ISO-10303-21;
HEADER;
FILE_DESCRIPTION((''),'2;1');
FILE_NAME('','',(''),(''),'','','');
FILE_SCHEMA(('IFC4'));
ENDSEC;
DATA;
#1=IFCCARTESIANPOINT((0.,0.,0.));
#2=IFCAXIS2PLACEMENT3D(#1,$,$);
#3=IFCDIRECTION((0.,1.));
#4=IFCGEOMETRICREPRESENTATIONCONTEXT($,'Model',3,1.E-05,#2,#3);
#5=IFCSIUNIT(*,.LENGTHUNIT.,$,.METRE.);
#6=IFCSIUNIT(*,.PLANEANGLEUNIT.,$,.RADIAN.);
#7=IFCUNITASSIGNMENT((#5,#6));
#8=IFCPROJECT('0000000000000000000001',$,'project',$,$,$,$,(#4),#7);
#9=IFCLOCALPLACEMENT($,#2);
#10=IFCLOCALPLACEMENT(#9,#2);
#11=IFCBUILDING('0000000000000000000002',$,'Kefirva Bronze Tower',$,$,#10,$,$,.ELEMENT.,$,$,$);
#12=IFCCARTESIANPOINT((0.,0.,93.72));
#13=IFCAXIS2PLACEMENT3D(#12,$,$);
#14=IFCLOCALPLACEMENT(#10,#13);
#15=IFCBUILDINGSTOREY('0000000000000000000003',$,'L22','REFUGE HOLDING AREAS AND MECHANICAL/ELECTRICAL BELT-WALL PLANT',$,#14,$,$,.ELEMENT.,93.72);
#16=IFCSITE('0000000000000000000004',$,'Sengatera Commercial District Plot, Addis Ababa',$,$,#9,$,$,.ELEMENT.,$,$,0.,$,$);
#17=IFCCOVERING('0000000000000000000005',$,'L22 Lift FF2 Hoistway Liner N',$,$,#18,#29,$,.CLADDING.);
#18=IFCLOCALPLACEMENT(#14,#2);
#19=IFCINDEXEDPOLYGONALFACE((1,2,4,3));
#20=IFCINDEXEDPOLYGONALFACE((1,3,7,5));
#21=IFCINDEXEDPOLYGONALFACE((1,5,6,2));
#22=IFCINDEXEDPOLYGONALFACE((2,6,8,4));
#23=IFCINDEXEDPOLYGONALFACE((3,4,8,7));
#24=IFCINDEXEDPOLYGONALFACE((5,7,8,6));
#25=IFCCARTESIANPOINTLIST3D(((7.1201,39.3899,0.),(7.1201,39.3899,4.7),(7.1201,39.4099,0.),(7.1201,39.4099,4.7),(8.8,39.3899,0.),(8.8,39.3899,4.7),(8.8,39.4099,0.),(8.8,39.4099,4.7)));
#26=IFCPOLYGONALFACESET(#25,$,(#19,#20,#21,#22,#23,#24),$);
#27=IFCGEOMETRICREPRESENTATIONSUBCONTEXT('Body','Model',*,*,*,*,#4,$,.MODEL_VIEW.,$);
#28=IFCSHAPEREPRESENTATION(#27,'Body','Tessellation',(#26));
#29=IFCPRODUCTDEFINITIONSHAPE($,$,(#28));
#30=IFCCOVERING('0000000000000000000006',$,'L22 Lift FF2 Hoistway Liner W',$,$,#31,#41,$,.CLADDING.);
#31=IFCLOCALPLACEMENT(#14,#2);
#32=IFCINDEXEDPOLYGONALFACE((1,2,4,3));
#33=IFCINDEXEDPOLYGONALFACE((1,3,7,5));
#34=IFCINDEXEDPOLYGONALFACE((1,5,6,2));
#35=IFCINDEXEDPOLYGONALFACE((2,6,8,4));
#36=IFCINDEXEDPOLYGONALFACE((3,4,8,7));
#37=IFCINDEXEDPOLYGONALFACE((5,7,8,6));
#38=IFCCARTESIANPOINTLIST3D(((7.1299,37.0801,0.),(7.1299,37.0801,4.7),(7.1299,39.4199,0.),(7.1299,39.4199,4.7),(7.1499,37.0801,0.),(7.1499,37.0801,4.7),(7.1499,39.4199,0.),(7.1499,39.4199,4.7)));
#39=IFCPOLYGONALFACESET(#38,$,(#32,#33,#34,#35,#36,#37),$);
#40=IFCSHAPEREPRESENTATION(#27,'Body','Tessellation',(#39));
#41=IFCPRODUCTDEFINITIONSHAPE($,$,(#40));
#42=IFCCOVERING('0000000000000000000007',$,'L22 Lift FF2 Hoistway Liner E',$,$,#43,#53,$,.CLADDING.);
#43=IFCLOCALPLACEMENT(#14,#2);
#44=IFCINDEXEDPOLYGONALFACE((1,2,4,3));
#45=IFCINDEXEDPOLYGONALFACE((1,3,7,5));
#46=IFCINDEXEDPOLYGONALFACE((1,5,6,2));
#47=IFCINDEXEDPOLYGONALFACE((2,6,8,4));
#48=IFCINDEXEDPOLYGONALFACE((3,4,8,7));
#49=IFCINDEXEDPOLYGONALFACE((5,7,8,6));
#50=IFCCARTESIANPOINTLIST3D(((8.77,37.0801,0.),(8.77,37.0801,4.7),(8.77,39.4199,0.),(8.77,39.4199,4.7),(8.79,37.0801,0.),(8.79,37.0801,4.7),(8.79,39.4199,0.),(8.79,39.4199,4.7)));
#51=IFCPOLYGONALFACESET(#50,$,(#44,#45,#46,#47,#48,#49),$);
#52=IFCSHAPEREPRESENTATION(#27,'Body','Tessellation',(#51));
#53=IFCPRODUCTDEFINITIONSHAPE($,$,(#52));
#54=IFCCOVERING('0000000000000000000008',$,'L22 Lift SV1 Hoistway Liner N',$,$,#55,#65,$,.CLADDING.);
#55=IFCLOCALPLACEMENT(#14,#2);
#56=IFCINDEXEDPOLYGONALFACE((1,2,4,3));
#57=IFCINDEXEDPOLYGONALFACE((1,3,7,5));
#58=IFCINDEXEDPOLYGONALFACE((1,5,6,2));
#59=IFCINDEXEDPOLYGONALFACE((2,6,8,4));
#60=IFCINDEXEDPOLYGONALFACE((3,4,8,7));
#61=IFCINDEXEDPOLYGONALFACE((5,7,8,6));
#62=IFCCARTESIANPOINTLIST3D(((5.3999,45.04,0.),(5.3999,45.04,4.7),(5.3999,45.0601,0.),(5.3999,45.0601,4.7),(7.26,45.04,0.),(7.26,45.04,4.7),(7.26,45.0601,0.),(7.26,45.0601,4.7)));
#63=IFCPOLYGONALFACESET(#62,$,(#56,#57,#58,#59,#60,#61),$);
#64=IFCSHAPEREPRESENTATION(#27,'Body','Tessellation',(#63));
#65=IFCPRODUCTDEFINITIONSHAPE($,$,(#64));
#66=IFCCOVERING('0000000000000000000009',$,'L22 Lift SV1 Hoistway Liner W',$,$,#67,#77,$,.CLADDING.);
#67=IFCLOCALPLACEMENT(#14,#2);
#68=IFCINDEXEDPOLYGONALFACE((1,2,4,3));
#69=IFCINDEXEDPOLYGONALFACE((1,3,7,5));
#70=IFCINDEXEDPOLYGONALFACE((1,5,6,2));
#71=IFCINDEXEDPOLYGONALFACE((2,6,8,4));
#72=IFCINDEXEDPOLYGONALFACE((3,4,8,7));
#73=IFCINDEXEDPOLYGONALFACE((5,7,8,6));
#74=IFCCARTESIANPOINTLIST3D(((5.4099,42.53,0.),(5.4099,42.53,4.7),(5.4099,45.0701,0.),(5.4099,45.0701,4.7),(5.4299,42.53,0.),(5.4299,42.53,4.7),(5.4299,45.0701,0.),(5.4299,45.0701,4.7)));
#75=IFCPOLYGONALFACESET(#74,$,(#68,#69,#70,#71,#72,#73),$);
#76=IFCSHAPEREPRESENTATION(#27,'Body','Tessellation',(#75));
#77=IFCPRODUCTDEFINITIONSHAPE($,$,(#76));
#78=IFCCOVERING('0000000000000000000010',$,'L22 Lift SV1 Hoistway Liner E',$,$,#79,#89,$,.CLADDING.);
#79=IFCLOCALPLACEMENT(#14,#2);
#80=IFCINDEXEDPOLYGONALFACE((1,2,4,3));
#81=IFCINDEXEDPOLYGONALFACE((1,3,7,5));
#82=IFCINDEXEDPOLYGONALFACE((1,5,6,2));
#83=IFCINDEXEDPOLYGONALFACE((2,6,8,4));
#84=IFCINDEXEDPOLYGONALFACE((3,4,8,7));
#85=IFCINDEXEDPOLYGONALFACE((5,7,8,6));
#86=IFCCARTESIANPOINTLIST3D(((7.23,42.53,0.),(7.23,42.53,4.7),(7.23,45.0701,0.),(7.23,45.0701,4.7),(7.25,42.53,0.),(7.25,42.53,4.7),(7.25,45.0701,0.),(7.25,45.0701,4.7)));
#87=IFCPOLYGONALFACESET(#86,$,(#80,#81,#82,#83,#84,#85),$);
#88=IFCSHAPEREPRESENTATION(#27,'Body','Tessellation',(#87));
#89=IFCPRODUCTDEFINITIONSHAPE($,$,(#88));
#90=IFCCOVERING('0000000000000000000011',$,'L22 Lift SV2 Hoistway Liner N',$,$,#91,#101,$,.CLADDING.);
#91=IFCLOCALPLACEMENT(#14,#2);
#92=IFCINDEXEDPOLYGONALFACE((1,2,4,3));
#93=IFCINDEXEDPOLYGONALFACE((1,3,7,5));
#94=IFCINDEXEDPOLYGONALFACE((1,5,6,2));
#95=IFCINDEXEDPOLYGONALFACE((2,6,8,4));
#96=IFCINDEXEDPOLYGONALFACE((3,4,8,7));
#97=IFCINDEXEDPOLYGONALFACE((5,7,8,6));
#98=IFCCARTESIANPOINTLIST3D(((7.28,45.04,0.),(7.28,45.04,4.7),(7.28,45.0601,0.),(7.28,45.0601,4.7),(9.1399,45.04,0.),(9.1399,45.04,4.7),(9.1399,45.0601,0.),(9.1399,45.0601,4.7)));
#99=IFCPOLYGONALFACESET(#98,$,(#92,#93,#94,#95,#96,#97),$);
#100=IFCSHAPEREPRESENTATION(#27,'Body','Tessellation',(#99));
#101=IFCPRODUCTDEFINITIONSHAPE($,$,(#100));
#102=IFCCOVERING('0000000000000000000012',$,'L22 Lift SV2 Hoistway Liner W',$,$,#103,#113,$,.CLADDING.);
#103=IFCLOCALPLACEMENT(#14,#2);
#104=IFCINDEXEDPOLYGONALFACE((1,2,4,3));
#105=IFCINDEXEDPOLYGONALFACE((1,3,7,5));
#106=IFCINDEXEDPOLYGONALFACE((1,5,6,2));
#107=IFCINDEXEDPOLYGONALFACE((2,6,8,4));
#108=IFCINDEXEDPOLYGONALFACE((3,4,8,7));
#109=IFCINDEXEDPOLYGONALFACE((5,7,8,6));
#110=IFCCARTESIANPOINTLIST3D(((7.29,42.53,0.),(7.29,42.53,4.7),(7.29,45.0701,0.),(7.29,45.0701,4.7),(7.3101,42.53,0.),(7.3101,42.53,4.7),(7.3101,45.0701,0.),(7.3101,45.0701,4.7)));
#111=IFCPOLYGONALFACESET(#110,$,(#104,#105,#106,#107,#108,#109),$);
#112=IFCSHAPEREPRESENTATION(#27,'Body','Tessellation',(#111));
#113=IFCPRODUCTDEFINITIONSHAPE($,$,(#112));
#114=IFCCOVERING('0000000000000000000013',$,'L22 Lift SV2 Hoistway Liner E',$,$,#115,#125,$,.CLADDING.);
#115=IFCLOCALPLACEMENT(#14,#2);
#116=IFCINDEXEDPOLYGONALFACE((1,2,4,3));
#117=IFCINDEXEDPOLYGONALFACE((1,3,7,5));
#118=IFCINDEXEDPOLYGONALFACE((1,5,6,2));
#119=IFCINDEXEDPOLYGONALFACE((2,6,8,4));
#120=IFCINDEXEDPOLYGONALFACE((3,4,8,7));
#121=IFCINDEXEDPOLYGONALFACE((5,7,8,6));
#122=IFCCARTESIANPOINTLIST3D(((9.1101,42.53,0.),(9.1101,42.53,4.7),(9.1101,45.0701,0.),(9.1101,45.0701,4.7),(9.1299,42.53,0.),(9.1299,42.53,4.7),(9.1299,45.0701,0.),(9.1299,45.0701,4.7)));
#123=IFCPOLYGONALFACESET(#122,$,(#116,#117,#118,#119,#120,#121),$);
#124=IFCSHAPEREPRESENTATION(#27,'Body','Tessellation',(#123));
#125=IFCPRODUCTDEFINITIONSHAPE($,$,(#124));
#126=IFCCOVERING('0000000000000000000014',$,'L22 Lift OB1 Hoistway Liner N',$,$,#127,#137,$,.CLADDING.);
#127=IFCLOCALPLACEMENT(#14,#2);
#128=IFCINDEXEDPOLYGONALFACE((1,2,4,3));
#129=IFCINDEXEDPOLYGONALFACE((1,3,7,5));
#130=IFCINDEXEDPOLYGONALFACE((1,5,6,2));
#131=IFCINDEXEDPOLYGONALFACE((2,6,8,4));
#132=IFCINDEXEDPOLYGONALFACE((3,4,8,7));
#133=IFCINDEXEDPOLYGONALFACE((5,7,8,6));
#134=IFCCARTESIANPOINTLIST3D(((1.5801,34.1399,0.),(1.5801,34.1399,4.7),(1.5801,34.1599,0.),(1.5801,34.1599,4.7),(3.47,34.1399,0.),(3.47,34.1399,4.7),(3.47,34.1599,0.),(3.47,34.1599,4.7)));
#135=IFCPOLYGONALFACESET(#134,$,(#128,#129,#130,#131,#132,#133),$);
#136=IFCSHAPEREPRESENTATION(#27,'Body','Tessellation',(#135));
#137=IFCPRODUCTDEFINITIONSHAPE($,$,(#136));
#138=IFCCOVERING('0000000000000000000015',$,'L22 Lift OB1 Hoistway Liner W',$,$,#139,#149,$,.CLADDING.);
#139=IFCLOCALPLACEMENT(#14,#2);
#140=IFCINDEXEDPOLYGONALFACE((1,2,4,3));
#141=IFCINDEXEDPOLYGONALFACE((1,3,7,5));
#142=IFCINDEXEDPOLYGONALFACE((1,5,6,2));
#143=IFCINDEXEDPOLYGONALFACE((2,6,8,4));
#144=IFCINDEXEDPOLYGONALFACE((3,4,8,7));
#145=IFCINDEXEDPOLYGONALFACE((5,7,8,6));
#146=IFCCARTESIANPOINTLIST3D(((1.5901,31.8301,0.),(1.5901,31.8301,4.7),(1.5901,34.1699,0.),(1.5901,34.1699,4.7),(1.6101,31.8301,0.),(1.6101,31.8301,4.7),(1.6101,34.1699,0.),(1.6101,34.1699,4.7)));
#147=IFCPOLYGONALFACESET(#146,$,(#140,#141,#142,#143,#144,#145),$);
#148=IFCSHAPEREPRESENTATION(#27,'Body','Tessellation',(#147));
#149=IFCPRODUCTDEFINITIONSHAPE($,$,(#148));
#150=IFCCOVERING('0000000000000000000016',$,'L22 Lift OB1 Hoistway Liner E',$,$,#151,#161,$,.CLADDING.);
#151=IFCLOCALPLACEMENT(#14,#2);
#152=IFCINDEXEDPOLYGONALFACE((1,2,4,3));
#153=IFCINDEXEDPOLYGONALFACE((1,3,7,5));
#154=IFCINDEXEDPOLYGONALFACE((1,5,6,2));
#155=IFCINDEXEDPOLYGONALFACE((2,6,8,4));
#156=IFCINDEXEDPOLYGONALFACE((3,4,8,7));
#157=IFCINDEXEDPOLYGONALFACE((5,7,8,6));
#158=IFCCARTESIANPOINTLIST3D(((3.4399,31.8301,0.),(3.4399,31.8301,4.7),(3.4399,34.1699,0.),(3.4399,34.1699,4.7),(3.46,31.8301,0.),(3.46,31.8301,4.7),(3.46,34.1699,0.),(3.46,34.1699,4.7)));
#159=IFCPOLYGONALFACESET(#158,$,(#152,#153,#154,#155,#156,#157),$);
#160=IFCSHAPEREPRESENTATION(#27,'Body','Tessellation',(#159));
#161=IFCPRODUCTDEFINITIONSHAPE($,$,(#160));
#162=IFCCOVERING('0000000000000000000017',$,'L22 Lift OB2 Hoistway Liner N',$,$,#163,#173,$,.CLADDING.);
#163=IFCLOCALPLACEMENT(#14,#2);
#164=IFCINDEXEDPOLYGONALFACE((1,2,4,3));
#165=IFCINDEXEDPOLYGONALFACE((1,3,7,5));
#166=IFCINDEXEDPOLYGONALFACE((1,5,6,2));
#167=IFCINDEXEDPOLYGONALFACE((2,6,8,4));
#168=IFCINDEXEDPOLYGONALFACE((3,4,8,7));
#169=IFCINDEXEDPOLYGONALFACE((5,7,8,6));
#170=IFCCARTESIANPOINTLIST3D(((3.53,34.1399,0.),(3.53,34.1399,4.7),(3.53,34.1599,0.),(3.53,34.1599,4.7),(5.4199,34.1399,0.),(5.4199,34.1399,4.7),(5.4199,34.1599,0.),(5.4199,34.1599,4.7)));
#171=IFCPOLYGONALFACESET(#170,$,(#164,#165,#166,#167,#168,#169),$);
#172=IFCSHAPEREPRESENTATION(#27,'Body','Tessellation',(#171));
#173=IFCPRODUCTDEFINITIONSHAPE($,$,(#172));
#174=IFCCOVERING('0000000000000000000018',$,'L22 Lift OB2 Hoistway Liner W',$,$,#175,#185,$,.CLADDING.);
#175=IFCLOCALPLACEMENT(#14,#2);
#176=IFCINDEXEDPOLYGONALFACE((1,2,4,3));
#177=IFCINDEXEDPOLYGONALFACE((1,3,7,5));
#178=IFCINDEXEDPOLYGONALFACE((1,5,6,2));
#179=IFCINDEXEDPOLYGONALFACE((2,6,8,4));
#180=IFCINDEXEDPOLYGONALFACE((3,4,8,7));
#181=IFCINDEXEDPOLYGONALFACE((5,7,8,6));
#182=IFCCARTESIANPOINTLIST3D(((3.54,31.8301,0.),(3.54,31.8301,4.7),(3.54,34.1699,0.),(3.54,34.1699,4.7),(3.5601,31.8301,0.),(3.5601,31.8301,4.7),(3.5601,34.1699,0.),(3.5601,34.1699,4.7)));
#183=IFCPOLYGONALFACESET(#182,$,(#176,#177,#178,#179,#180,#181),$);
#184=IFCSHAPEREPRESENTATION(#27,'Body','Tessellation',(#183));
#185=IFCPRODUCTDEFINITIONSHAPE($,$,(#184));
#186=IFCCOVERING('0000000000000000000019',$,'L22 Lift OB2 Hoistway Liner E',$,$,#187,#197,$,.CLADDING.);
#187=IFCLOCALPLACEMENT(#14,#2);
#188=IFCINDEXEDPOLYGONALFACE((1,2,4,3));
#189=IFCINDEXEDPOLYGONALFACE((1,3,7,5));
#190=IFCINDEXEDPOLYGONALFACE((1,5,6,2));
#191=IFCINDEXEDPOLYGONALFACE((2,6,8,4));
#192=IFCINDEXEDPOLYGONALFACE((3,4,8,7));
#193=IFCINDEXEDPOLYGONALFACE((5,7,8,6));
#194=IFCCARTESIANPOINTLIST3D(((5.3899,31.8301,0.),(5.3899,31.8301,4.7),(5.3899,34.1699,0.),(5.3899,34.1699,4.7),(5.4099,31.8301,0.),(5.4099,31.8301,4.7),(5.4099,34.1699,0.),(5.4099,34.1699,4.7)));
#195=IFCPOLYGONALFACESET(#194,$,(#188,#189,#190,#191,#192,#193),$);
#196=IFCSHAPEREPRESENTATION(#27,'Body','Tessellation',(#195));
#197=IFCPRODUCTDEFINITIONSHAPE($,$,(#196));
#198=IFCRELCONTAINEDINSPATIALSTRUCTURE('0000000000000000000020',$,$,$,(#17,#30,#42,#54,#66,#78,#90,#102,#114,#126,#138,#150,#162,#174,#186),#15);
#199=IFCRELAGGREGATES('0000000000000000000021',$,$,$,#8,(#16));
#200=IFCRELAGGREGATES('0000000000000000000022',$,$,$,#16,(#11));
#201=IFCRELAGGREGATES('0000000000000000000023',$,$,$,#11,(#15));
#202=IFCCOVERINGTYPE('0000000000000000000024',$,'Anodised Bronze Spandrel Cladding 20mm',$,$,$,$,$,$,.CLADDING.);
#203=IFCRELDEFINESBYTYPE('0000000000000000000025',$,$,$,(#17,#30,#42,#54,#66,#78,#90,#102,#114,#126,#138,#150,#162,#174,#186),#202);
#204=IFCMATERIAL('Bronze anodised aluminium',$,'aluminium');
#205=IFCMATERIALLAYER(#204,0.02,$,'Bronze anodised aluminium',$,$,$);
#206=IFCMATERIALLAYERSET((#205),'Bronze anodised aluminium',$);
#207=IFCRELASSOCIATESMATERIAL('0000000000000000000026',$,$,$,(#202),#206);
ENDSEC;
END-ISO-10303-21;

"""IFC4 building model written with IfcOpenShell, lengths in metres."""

from ifc_helpers import new_model, si_unit, direction, frame, origin, place, context, subcontext, project, spatial, polyline, outline, extrude, material, layer, layer_set, type_object, element, save


model = new_model("IFC4")

# Units and contexts
model_context = context("Model", 3, precision=1e-05, world=origin(), true_north=direction((0.0, 1.0)))
body_context = subcontext(model_context, "Body", "Model", "MODEL_VIEW")
ifc_project = project(units=[si_unit("LENGTHUNIT", "METRE"), si_unit("PLANEANGLEUNIT", "RADIAN")], contexts=[model_context])

# Site, building, storey
site_placement = place(None, origin())
site = spatial("IfcSite", under=ifc_project, at=site_placement, Name="Sengatera Commercial District Plot, Addis Ababa", CompositionType="ELEMENT", RefElevation=0.0)
building_placement = place(site_placement, origin())
building = spatial("IfcBuilding", under=site, at=building_placement, Name="Kefirva Bronze Tower", CompositionType="ELEMENT")
storey_placement = place(building_placement, frame((0.0, 0.0, 93.72)))
storey = spatial("IfcBuildingStorey", under=building, at=storey_placement, Name="L22", Description="REFUGE HOLDING AREAS AND MECHANICAL/ELECTRICAL BELT-WALL PLANT", CompositionType="ELEMENT", Elevation=93.72)

# Coverings
ifc_material_1 = material(Name="Bronze anodised aluminium", Category="aluminium")
ifc_layer_1 = layer(ifc_material_1, 0.02, Name="Bronze anodised aluminium")
ifc_layer_set_1 = layer_set([ifc_layer_1], Name="Bronze anodised aluminium")
covering_type = type_object("IfcCoveringType", Name="Anodised Bronze Spandrel Cladding 20mm", PredefinedType="CLADDING", material=ifc_layer_set_1)
covering_1_placement = place(storey_placement, origin())
element("IfcCovering", 1, at=covering_1_placement, inside=storey, type_object=covering_type, Name="L22 Lift FF2 Hoistway Liner N", PredefinedType="CLADDING", context=body_context, shape_type="SweptSolid", body=[
    extrude(outline(polyline([(7.1201, 39.3899), (8.8, 39.3899), (8.8, 39.4099), (7.1201, 39.4099), (7.1201, 39.3899)])), origin(), (0.0, 0.0, 1.0), 4.7),
])
covering_2_placement = place(storey_placement, origin())
element("IfcCovering", 2, at=covering_2_placement, inside=storey, type_object=covering_type, Name="L22 Lift FF2 Hoistway Liner W", PredefinedType="CLADDING", context=body_context, shape_type="SweptSolid", body=[
    extrude(outline(polyline([(7.1299, 37.0801), (7.1499, 37.0801), (7.1499, 39.4199), (7.1299, 39.4199), (7.1299, 37.0801)])), origin(), (0.0, 0.0, 1.0), 4.7),
])
covering_3_placement = place(storey_placement, origin())
element("IfcCovering", 3, at=covering_3_placement, inside=storey, type_object=covering_type, Name="L22 Lift FF2 Hoistway Liner E", PredefinedType="CLADDING", context=body_context, shape_type="SweptSolid", body=[
    extrude(outline(polyline([(8.77, 37.0801), (8.79, 37.0801), (8.79, 39.4199), (8.77, 39.4199), (8.77, 37.0801)])), origin(), (0.0, 0.0, 1.0), 4.7),
])
covering_4_placement = place(storey_placement, origin())
element("IfcCovering", 4, at=covering_4_placement, inside=storey, type_object=covering_type, Name="L22 Lift SV1 Hoistway Liner N", PredefinedType="CLADDING", context=body_context, shape_type="SweptSolid", body=[
    extrude(outline(polyline([(5.3999, 45.04), (7.26, 45.04), (7.26, 45.0601), (5.3999, 45.0601), (5.3999, 45.04)])), origin(), (0.0, 0.0, 1.0), 4.7),
])
covering_5_placement = place(storey_placement, origin())
element("IfcCovering", 5, at=covering_5_placement, inside=storey, type_object=covering_type, Name="L22 Lift SV1 Hoistway Liner W", PredefinedType="CLADDING", context=body_context, shape_type="SweptSolid", body=[
    extrude(outline(polyline([(5.4099, 42.53), (5.4299, 42.53), (5.4299, 45.0701), (5.4099, 45.0701), (5.4099, 42.53)])), origin(), (0.0, 0.0, 1.0), 4.7),
])
covering_6_placement = place(storey_placement, origin())
element("IfcCovering", 6, at=covering_6_placement, inside=storey, type_object=covering_type, Name="L22 Lift SV1 Hoistway Liner E", PredefinedType="CLADDING", context=body_context, shape_type="SweptSolid", body=[
    extrude(outline(polyline([(7.23, 42.53), (7.25, 42.53), (7.25, 45.0701), (7.23, 45.0701), (7.23, 42.53)])), origin(), (0.0, 0.0, 1.0), 4.7),
])
covering_7_placement = place(storey_placement, origin())
element("IfcCovering", 7, at=covering_7_placement, inside=storey, type_object=covering_type, Name="L22 Lift SV2 Hoistway Liner N", PredefinedType="CLADDING", context=body_context, shape_type="SweptSolid", body=[
    extrude(outline(polyline([(7.28, 45.04), (9.1399, 45.04), (9.1399, 45.0601), (7.28, 45.0601), (7.28, 45.04)])), origin(), (0.0, 0.0, 1.0), 4.7),
])
covering_8_placement = place(storey_placement, origin())
element("IfcCovering", 8, at=covering_8_placement, inside=storey, type_object=covering_type, Name="L22 Lift SV2 Hoistway Liner W", PredefinedType="CLADDING", context=body_context, shape_type="SweptSolid", body=[
    extrude(outline(polyline([(7.29, 42.53), (7.3101, 42.53), (7.3101, 45.0701), (7.29, 45.0701), (7.29, 42.53)])), origin(), (0.0, 0.0, 1.0), 4.7),
])
covering_9_placement = place(storey_placement, origin())
element("IfcCovering", 9, at=covering_9_placement, inside=storey, type_object=covering_type, Name="L22 Lift SV2 Hoistway Liner E", PredefinedType="CLADDING", context=body_context, shape_type="SweptSolid", body=[
    extrude(outline(polyline([(9.1101, 42.53), (9.1299, 42.53), (9.1299, 45.0701), (9.1101, 45.0701), (9.1101, 42.53)])), origin(), (0.0, 0.0, 1.0), 4.7),
])
covering_10_placement = place(storey_placement, origin())
element("IfcCovering", 10, at=covering_10_placement, inside=storey, type_object=covering_type, Name="L22 Lift OB1 Hoistway Liner N", PredefinedType="CLADDING", context=body_context, shape_type="SweptSolid", body=[
    extrude(outline(polyline([(1.5801, 34.1399), (3.47, 34.1399), (3.47, 34.1599), (1.5801, 34.1599), (1.5801, 34.1399)])), origin(), (0.0, 0.0, 1.0), 4.7),
])
covering_11_placement = place(storey_placement, origin())
element("IfcCovering", 11, at=covering_11_placement, inside=storey, type_object=covering_type, Name="L22 Lift OB1 Hoistway Liner W", PredefinedType="CLADDING", context=body_context, shape_type="SweptSolid", body=[
    extrude(outline(polyline([(1.5901, 31.8301), (1.6101, 31.8301), (1.6101, 34.1699), (1.5901, 34.1699), (1.5901, 31.8301)])), origin(), (0.0, 0.0, 1.0), 4.7),
])
covering_12_placement = place(storey_placement, origin())
element("IfcCovering", 12, at=covering_12_placement, inside=storey, type_object=covering_type, Name="L22 Lift OB1 Hoistway Liner E", PredefinedType="CLADDING", context=body_context, shape_type="SweptSolid", body=[
    extrude(outline(polyline([(3.4399, 31.8301), (3.46, 31.8301), (3.46, 34.1699), (3.4399, 34.1699), (3.4399, 31.8301)])), origin(), (0.0, 0.0, 1.0), 4.7),
])
covering_13_placement = place(storey_placement, origin())
element("IfcCovering", 13, at=covering_13_placement, inside=storey, type_object=covering_type, Name="L22 Lift OB2 Hoistway Liner N", PredefinedType="CLADDING", context=body_context, shape_type="SweptSolid", body=[
    extrude(outline(polyline([(3.53, 34.1399), (5.4199, 34.1399), (5.4199, 34.1599), (3.53, 34.1599), (3.53, 34.1399)])), origin(), (0.0, 0.0, 1.0), 4.7),
])
covering_14_placement = place(storey_placement, origin())
element("IfcCovering", 14, at=covering_14_placement, inside=storey, type_object=covering_type, Name="L22 Lift OB2 Hoistway Liner W", PredefinedType="CLADDING", context=body_context, shape_type="SweptSolid", body=[
    extrude(outline(polyline([(3.54, 31.8301), (3.5601, 31.8301), (3.5601, 34.1699), (3.54, 34.1699), (3.54, 31.8301)])), origin(), (0.0, 0.0, 1.0), 4.7),
])
covering_15_placement = place(storey_placement, origin())
element("IfcCovering", 15, at=covering_15_placement, inside=storey, type_object=covering_type, Name="L22 Lift OB2 Hoistway Liner E", PredefinedType="CLADDING", context=body_context, shape_type="SweptSolid", body=[
    extrude(outline(polyline([(5.3899, 31.8301), (5.4099, 31.8301), (5.4099, 34.1699), (5.3899, 34.1699), (5.3899, 31.8301)])), origin(), (0.0, 0.0, 1.0), 4.7),
])

save(model, "model.ifc")
